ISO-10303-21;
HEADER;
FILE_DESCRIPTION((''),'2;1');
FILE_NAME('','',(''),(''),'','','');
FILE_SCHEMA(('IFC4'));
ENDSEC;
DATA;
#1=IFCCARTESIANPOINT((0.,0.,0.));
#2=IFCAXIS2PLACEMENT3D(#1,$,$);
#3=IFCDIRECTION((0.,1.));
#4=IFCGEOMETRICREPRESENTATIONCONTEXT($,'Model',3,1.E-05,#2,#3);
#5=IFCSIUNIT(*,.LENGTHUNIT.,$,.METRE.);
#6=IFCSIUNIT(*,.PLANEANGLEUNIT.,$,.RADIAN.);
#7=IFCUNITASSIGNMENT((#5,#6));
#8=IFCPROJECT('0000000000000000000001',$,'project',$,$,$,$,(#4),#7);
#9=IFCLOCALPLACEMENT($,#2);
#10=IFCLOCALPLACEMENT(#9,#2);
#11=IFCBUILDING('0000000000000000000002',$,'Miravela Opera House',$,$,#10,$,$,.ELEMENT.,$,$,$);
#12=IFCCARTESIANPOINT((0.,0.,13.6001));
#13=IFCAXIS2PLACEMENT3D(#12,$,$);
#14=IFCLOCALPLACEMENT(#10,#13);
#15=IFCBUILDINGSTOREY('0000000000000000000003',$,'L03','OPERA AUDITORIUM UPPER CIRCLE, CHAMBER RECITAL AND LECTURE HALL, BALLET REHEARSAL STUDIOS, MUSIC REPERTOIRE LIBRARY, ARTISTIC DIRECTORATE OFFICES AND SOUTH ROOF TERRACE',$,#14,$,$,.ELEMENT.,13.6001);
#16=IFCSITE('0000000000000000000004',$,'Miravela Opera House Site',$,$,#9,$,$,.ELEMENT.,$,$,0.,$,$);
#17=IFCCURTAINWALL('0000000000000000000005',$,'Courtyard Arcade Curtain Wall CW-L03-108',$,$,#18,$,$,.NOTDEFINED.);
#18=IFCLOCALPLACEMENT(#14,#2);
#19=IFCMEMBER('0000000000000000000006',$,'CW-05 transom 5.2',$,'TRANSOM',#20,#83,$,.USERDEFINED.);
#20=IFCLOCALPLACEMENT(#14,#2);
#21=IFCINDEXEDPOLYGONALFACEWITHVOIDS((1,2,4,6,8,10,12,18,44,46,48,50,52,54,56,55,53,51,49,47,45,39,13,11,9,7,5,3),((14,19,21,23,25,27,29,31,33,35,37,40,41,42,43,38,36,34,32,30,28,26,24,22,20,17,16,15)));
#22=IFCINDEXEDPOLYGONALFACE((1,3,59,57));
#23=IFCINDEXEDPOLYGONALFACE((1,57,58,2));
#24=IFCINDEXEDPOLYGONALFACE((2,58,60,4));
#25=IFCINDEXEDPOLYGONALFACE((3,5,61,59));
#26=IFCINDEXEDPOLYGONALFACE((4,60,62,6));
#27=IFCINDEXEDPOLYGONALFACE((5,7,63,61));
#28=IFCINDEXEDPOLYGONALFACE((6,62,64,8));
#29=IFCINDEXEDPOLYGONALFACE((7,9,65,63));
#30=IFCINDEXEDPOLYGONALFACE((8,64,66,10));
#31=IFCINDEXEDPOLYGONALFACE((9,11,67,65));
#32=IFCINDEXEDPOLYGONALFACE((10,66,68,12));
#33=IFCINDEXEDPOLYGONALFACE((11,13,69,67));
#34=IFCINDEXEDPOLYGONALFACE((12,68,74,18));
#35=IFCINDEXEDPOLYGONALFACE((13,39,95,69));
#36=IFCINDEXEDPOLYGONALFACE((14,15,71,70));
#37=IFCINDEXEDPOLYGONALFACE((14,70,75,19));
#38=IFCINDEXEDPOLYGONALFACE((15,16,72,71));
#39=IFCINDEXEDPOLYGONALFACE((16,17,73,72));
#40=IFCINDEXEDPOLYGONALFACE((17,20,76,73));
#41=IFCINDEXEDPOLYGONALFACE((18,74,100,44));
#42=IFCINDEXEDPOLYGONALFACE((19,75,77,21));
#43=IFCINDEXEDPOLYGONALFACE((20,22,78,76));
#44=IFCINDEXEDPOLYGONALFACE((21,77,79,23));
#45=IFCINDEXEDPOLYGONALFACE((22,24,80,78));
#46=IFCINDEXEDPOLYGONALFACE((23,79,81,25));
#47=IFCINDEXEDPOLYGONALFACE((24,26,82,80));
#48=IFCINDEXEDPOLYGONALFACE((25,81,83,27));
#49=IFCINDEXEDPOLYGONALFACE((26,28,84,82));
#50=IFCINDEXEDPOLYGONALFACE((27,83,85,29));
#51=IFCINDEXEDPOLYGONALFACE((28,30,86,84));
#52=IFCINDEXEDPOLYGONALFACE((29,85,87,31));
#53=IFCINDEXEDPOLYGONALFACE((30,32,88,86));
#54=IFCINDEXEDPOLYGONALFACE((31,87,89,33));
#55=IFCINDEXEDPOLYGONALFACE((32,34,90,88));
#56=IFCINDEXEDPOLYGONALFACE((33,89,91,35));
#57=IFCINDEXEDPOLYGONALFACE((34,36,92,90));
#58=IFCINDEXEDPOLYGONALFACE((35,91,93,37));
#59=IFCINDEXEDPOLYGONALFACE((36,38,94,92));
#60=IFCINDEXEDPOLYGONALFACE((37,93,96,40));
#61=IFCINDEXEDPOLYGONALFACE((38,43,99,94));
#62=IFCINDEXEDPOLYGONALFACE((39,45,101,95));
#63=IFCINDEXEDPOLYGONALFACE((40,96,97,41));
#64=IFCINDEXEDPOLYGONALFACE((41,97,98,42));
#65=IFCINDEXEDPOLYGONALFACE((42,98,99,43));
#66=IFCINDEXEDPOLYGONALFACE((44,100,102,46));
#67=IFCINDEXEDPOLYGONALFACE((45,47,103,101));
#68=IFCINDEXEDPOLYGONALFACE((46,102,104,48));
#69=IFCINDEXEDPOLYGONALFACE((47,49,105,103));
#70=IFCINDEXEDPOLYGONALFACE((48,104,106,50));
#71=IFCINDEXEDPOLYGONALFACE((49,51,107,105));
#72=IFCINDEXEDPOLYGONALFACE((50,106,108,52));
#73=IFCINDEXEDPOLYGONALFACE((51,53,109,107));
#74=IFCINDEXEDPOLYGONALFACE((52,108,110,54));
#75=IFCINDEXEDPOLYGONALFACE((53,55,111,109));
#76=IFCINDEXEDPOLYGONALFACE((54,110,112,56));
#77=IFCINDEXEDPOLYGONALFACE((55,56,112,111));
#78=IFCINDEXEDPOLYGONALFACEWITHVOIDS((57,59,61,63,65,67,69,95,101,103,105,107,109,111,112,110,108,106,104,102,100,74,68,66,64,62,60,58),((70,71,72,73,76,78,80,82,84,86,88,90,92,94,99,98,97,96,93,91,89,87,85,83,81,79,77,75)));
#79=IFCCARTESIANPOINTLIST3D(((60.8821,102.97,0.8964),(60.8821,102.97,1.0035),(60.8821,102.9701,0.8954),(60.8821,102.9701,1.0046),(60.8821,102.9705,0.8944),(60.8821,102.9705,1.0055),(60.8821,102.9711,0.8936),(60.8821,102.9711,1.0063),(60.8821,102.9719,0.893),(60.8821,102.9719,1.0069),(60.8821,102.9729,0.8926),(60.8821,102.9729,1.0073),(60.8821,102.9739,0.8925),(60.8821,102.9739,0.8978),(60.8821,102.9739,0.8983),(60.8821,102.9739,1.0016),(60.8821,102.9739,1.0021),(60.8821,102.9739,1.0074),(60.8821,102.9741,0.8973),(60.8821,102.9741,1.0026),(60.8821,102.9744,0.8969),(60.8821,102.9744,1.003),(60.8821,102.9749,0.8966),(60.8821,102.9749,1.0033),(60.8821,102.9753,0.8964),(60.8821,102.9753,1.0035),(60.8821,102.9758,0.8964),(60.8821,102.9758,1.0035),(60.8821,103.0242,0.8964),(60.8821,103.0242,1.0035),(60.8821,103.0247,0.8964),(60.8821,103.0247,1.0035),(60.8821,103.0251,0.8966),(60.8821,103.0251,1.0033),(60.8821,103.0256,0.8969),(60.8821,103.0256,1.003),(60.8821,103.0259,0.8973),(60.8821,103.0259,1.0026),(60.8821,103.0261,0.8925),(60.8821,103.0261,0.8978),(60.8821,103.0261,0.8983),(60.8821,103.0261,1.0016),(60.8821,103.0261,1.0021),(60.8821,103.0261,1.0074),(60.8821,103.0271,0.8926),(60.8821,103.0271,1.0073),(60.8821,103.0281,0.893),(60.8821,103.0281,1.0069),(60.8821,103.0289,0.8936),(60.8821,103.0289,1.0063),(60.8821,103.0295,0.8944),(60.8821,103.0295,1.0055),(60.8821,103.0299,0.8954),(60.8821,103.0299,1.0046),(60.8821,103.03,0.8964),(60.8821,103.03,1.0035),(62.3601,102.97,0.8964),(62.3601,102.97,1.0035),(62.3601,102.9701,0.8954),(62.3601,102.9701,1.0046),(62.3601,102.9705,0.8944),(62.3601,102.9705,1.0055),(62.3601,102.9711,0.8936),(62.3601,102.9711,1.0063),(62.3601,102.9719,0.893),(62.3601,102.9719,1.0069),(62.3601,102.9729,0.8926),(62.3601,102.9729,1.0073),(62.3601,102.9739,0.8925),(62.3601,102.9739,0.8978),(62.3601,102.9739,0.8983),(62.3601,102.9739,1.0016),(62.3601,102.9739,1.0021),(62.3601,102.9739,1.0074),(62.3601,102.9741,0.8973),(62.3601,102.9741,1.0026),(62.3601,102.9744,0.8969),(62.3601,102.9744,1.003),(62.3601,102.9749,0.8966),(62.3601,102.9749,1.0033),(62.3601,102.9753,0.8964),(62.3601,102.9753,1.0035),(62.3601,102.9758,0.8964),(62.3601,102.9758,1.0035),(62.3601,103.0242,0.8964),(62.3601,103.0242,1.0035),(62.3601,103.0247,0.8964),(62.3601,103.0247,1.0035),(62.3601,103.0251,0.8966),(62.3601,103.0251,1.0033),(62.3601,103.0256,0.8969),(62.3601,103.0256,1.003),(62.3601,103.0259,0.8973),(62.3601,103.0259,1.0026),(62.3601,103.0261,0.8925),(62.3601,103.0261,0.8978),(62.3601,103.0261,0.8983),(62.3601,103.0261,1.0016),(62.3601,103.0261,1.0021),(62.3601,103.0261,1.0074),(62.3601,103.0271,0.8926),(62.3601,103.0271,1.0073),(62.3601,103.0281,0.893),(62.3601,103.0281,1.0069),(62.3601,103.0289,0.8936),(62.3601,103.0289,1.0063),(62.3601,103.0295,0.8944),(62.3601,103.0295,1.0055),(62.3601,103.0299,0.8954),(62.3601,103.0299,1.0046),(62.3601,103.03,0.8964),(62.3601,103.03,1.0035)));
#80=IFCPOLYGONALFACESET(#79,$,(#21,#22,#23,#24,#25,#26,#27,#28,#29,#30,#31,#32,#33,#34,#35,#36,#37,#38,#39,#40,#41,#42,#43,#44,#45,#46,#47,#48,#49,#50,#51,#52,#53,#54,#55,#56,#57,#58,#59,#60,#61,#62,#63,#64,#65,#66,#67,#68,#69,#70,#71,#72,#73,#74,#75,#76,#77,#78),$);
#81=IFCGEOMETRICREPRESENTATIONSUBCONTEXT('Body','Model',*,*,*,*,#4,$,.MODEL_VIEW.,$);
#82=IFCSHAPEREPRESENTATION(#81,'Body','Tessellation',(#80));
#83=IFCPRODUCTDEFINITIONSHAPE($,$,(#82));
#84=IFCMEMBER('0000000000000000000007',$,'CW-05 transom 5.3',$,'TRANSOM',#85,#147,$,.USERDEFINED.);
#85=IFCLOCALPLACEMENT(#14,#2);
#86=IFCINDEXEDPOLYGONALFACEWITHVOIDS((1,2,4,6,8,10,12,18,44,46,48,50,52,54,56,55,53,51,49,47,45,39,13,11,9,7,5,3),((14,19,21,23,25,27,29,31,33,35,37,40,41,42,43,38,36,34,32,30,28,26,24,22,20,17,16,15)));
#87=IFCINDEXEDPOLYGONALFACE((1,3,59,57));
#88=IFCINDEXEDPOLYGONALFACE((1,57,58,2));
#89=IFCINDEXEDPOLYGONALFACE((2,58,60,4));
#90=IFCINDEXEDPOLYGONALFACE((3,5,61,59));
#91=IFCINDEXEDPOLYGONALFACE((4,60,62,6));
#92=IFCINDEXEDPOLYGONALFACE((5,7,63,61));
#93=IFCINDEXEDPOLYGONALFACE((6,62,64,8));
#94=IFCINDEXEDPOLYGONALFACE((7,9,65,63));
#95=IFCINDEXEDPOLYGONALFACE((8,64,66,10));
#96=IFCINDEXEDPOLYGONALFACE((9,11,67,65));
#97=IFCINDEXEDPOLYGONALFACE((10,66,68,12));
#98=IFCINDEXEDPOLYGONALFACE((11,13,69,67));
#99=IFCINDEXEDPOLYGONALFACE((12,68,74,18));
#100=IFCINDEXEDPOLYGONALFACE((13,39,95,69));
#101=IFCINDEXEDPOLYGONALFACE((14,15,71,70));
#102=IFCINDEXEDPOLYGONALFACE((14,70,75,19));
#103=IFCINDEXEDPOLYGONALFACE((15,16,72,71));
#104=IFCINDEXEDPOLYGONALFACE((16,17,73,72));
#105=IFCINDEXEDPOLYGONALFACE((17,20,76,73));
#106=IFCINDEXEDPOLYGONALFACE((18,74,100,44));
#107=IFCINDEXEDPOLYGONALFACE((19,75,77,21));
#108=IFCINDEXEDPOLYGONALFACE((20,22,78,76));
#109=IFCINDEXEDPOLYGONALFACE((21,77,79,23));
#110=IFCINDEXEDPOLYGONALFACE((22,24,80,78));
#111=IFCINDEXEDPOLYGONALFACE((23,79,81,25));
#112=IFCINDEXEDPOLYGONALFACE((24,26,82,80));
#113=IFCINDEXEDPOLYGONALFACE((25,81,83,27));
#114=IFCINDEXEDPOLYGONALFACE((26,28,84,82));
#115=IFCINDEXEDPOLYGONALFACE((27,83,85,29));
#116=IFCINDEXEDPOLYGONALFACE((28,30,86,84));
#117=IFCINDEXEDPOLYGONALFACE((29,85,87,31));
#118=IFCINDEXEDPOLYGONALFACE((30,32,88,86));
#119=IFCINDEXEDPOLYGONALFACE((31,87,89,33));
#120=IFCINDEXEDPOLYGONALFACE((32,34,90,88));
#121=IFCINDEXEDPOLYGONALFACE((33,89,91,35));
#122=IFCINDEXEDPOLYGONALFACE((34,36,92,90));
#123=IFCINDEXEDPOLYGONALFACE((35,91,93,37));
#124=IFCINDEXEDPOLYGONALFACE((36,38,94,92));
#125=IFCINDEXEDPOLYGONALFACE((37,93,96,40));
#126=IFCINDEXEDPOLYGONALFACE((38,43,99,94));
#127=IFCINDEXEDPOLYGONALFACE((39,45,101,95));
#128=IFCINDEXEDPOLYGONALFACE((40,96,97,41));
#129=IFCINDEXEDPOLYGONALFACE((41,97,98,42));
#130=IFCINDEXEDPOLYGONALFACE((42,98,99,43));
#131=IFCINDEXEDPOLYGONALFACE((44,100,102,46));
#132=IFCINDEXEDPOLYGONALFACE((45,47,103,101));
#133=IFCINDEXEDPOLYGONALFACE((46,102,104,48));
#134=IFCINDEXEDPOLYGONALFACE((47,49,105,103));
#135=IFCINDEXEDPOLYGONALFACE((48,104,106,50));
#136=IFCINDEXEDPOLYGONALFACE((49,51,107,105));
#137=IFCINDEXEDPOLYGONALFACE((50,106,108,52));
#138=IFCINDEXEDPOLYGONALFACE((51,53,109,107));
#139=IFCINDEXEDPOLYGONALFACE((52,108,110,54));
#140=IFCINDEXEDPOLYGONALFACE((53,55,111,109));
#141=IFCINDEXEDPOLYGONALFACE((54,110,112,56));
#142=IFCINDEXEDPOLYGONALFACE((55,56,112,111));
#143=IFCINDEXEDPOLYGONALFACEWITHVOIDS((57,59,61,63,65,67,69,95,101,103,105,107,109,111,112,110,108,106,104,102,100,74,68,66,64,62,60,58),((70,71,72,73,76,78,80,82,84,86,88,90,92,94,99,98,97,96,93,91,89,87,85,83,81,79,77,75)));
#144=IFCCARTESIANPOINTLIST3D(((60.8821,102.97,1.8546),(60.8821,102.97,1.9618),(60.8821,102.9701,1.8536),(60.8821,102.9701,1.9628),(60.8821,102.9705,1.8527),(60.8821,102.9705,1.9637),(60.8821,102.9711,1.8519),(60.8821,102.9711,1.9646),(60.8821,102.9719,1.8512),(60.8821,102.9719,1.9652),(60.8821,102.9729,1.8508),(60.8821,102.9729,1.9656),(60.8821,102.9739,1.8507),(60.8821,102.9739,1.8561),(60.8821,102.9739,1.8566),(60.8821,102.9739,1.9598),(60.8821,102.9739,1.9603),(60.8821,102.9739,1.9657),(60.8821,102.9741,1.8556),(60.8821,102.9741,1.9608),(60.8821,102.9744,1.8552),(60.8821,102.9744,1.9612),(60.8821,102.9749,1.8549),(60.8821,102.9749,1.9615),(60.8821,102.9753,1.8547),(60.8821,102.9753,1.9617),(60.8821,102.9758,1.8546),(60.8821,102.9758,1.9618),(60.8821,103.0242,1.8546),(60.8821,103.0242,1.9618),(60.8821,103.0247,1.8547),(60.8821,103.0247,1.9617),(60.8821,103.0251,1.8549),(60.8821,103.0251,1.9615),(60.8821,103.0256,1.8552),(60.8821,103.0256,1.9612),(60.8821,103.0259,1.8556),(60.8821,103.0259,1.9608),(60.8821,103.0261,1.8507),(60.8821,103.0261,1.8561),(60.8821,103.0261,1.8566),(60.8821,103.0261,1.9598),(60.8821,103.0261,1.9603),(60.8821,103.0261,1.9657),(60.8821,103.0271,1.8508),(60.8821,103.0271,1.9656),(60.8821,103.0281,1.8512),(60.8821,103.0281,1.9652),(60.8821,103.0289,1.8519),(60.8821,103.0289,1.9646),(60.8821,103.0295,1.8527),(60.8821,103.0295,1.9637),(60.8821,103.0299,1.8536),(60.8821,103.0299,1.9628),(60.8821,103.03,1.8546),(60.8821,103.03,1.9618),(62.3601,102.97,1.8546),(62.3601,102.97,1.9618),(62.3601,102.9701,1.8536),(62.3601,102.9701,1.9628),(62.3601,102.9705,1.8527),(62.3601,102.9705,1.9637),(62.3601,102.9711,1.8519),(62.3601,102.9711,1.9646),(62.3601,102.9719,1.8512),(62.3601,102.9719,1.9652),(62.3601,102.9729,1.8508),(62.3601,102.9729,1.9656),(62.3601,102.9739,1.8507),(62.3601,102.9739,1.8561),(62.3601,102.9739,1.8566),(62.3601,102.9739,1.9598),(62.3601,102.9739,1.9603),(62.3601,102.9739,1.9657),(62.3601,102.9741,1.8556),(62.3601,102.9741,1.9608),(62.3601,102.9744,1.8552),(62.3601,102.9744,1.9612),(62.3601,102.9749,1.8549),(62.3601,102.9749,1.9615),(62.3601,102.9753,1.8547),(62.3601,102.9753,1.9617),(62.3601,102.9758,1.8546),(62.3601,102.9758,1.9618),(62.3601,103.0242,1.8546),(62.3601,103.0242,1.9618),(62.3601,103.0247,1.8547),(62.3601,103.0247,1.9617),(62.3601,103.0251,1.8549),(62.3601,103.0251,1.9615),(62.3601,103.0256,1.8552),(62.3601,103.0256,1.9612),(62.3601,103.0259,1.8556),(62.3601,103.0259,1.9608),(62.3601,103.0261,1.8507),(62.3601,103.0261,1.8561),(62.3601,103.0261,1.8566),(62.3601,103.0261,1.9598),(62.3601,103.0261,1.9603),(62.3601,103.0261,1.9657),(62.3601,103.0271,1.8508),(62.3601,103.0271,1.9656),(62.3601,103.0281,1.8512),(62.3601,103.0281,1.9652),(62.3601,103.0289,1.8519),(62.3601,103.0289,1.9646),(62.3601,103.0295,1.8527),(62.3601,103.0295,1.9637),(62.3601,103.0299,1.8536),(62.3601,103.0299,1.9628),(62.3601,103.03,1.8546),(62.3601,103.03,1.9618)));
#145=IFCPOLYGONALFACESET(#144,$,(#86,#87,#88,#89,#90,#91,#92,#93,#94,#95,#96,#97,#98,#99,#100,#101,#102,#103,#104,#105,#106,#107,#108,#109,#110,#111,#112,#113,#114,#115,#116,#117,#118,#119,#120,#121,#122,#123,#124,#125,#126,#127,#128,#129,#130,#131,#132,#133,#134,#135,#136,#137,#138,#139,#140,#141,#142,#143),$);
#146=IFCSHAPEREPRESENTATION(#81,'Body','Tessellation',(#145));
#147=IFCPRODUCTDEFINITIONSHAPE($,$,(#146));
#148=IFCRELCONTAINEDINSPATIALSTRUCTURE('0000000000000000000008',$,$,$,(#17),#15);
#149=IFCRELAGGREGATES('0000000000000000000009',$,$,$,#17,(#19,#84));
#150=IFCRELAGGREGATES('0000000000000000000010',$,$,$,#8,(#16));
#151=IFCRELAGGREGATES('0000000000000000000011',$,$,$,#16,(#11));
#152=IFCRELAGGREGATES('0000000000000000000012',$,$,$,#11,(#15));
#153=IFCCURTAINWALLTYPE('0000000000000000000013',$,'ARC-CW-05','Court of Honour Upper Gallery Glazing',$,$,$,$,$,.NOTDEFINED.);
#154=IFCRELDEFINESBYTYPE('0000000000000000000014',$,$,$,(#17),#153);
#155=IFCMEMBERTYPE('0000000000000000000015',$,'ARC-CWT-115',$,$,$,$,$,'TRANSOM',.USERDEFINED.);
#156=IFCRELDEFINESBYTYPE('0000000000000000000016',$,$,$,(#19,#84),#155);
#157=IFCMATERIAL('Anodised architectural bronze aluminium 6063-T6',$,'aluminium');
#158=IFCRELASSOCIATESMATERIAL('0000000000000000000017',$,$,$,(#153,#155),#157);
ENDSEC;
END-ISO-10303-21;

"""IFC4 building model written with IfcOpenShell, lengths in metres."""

from ifc_helpers import new_model, si_unit, direction, frame, origin, origin_2d, place, context, subcontext, project, spatial, hollow_rectangle, extrude, material, material_profile, profile_set, type_object, element, aggregate, save


model = new_model("IFC4")

# Units and contexts
model_context = context("Model", 3, precision=1e-05, world=origin(), true_north=direction((0.0, 1.0)))
body_context = subcontext(model_context, "Body", "Model", "MODEL_VIEW")
ifc_project = project(units=[si_unit("LENGTHUNIT", "METRE"), si_unit("PLANEANGLEUNIT", "RADIAN")], contexts=[model_context])

# Site, building, storey
site_placement = place(None, origin())
site = spatial("IfcSite", under=ifc_project, at=site_placement, Name="Miravela Opera House Site", CompositionType="ELEMENT", RefElevation=0.0)
building_placement = place(site_placement, origin())
building = spatial("IfcBuilding", under=site, at=building_placement, Name="Miravela Opera House", CompositionType="ELEMENT")
storey_placement = place(building_placement, frame((0.0, 0.0, 13.6001)))
storey = spatial("IfcBuildingStorey", under=building, at=storey_placement, Name="L03", Description="OPERA AUDITORIUM UPPER CIRCLE, CHAMBER RECITAL AND LECTURE HALL, BALLET REHEARSAL STUDIOS, MUSIC REPERTOIRE LIBRARY, ARTISTIC DIRECTORATE OFFICES AND SOUTH ROOF TERRACE", CompositionType="ELEMENT", Elevation=13.6001)

# Curtain wall, members
ifc_material_1 = material(Name="Anodised architectural bronze aluminium 6063-T6", Category="aluminium")
curtain_wall_type = type_object("IfcCurtainWallType", Name="ARC-CW-05", Description="Court of Honour Upper Gallery Glazing", PredefinedType="NOTDEFINED", material=ifc_material_1)
curtain_wall_placement = place(storey_placement, origin())
curtain_wall = element("IfcCurtainWall", 1, at=curtain_wall_placement, inside=storey, type_object=curtain_wall_type, Name="Courtyard Arcade Curtain Wall CW-L03-108", PredefinedType="NOTDEFINED")
ifc_material_profile_1 = material_profile(ifc_material_1, hollow_rectangle(XDim=0.0601, YDim=0.115, WallThickness=0.0039, InnerFilletRadius=0.002, OuterFilletRadius=0.0039, at=origin_2d()), Name="CWT-60X115")
ifc_profile_set_1 = profile_set([ifc_material_profile_1])
member_type_1 = type_object("IfcMemberType", Name="ARC-CWT-115", ElementType="TRANSOM", PredefinedType="USERDEFINED", material=ifc_profile_set_1)
member_1_placement = place(storey_placement, frame((60.8821, 103.0, 0.95), z_axis=(1.0, 0.0, 0.0), x_axis=(0.0, 1.0, 0.0)))
member_1 = element("IfcMember", 2, at=member_1_placement, type_object=member_type_1, Name="CW-05 transom 5.2", ObjectType="TRANSOM", PredefinedType="USERDEFINED", context=body_context, shape_type="SweptSolid", body=[
    extrude(hollow_rectangle(XDim=0.0601, YDim=0.115, WallThickness=0.0039, InnerFilletRadius=0.002, OuterFilletRadius=0.0039, at=origin_2d()), origin(), (0.0, 0.0, 1.0), 1.478),
])
member_2_placement = place(storey_placement, frame((60.8821, 103.0, 1.9082), z_axis=(1.0, 0.0, 0.0), x_axis=(0.0, 1.0, 0.0)))
member_2 = element("IfcMember", 3, at=member_2_placement, type_object=member_type_1, Name="CW-05 transom 5.3", ObjectType="TRANSOM", PredefinedType="USERDEFINED", context=body_context, shape_type="SweptSolid", body=[
    extrude(hollow_rectangle(XDim=0.0601, YDim=0.115, WallThickness=0.0039, InnerFilletRadius=0.002, OuterFilletRadius=0.0039, at=origin_2d()), origin(), (0.0, 0.0, 1.0), 1.478),
])

aggregate(curtain_wall, [member_1, member_2])

save(model, "model.ifc")
